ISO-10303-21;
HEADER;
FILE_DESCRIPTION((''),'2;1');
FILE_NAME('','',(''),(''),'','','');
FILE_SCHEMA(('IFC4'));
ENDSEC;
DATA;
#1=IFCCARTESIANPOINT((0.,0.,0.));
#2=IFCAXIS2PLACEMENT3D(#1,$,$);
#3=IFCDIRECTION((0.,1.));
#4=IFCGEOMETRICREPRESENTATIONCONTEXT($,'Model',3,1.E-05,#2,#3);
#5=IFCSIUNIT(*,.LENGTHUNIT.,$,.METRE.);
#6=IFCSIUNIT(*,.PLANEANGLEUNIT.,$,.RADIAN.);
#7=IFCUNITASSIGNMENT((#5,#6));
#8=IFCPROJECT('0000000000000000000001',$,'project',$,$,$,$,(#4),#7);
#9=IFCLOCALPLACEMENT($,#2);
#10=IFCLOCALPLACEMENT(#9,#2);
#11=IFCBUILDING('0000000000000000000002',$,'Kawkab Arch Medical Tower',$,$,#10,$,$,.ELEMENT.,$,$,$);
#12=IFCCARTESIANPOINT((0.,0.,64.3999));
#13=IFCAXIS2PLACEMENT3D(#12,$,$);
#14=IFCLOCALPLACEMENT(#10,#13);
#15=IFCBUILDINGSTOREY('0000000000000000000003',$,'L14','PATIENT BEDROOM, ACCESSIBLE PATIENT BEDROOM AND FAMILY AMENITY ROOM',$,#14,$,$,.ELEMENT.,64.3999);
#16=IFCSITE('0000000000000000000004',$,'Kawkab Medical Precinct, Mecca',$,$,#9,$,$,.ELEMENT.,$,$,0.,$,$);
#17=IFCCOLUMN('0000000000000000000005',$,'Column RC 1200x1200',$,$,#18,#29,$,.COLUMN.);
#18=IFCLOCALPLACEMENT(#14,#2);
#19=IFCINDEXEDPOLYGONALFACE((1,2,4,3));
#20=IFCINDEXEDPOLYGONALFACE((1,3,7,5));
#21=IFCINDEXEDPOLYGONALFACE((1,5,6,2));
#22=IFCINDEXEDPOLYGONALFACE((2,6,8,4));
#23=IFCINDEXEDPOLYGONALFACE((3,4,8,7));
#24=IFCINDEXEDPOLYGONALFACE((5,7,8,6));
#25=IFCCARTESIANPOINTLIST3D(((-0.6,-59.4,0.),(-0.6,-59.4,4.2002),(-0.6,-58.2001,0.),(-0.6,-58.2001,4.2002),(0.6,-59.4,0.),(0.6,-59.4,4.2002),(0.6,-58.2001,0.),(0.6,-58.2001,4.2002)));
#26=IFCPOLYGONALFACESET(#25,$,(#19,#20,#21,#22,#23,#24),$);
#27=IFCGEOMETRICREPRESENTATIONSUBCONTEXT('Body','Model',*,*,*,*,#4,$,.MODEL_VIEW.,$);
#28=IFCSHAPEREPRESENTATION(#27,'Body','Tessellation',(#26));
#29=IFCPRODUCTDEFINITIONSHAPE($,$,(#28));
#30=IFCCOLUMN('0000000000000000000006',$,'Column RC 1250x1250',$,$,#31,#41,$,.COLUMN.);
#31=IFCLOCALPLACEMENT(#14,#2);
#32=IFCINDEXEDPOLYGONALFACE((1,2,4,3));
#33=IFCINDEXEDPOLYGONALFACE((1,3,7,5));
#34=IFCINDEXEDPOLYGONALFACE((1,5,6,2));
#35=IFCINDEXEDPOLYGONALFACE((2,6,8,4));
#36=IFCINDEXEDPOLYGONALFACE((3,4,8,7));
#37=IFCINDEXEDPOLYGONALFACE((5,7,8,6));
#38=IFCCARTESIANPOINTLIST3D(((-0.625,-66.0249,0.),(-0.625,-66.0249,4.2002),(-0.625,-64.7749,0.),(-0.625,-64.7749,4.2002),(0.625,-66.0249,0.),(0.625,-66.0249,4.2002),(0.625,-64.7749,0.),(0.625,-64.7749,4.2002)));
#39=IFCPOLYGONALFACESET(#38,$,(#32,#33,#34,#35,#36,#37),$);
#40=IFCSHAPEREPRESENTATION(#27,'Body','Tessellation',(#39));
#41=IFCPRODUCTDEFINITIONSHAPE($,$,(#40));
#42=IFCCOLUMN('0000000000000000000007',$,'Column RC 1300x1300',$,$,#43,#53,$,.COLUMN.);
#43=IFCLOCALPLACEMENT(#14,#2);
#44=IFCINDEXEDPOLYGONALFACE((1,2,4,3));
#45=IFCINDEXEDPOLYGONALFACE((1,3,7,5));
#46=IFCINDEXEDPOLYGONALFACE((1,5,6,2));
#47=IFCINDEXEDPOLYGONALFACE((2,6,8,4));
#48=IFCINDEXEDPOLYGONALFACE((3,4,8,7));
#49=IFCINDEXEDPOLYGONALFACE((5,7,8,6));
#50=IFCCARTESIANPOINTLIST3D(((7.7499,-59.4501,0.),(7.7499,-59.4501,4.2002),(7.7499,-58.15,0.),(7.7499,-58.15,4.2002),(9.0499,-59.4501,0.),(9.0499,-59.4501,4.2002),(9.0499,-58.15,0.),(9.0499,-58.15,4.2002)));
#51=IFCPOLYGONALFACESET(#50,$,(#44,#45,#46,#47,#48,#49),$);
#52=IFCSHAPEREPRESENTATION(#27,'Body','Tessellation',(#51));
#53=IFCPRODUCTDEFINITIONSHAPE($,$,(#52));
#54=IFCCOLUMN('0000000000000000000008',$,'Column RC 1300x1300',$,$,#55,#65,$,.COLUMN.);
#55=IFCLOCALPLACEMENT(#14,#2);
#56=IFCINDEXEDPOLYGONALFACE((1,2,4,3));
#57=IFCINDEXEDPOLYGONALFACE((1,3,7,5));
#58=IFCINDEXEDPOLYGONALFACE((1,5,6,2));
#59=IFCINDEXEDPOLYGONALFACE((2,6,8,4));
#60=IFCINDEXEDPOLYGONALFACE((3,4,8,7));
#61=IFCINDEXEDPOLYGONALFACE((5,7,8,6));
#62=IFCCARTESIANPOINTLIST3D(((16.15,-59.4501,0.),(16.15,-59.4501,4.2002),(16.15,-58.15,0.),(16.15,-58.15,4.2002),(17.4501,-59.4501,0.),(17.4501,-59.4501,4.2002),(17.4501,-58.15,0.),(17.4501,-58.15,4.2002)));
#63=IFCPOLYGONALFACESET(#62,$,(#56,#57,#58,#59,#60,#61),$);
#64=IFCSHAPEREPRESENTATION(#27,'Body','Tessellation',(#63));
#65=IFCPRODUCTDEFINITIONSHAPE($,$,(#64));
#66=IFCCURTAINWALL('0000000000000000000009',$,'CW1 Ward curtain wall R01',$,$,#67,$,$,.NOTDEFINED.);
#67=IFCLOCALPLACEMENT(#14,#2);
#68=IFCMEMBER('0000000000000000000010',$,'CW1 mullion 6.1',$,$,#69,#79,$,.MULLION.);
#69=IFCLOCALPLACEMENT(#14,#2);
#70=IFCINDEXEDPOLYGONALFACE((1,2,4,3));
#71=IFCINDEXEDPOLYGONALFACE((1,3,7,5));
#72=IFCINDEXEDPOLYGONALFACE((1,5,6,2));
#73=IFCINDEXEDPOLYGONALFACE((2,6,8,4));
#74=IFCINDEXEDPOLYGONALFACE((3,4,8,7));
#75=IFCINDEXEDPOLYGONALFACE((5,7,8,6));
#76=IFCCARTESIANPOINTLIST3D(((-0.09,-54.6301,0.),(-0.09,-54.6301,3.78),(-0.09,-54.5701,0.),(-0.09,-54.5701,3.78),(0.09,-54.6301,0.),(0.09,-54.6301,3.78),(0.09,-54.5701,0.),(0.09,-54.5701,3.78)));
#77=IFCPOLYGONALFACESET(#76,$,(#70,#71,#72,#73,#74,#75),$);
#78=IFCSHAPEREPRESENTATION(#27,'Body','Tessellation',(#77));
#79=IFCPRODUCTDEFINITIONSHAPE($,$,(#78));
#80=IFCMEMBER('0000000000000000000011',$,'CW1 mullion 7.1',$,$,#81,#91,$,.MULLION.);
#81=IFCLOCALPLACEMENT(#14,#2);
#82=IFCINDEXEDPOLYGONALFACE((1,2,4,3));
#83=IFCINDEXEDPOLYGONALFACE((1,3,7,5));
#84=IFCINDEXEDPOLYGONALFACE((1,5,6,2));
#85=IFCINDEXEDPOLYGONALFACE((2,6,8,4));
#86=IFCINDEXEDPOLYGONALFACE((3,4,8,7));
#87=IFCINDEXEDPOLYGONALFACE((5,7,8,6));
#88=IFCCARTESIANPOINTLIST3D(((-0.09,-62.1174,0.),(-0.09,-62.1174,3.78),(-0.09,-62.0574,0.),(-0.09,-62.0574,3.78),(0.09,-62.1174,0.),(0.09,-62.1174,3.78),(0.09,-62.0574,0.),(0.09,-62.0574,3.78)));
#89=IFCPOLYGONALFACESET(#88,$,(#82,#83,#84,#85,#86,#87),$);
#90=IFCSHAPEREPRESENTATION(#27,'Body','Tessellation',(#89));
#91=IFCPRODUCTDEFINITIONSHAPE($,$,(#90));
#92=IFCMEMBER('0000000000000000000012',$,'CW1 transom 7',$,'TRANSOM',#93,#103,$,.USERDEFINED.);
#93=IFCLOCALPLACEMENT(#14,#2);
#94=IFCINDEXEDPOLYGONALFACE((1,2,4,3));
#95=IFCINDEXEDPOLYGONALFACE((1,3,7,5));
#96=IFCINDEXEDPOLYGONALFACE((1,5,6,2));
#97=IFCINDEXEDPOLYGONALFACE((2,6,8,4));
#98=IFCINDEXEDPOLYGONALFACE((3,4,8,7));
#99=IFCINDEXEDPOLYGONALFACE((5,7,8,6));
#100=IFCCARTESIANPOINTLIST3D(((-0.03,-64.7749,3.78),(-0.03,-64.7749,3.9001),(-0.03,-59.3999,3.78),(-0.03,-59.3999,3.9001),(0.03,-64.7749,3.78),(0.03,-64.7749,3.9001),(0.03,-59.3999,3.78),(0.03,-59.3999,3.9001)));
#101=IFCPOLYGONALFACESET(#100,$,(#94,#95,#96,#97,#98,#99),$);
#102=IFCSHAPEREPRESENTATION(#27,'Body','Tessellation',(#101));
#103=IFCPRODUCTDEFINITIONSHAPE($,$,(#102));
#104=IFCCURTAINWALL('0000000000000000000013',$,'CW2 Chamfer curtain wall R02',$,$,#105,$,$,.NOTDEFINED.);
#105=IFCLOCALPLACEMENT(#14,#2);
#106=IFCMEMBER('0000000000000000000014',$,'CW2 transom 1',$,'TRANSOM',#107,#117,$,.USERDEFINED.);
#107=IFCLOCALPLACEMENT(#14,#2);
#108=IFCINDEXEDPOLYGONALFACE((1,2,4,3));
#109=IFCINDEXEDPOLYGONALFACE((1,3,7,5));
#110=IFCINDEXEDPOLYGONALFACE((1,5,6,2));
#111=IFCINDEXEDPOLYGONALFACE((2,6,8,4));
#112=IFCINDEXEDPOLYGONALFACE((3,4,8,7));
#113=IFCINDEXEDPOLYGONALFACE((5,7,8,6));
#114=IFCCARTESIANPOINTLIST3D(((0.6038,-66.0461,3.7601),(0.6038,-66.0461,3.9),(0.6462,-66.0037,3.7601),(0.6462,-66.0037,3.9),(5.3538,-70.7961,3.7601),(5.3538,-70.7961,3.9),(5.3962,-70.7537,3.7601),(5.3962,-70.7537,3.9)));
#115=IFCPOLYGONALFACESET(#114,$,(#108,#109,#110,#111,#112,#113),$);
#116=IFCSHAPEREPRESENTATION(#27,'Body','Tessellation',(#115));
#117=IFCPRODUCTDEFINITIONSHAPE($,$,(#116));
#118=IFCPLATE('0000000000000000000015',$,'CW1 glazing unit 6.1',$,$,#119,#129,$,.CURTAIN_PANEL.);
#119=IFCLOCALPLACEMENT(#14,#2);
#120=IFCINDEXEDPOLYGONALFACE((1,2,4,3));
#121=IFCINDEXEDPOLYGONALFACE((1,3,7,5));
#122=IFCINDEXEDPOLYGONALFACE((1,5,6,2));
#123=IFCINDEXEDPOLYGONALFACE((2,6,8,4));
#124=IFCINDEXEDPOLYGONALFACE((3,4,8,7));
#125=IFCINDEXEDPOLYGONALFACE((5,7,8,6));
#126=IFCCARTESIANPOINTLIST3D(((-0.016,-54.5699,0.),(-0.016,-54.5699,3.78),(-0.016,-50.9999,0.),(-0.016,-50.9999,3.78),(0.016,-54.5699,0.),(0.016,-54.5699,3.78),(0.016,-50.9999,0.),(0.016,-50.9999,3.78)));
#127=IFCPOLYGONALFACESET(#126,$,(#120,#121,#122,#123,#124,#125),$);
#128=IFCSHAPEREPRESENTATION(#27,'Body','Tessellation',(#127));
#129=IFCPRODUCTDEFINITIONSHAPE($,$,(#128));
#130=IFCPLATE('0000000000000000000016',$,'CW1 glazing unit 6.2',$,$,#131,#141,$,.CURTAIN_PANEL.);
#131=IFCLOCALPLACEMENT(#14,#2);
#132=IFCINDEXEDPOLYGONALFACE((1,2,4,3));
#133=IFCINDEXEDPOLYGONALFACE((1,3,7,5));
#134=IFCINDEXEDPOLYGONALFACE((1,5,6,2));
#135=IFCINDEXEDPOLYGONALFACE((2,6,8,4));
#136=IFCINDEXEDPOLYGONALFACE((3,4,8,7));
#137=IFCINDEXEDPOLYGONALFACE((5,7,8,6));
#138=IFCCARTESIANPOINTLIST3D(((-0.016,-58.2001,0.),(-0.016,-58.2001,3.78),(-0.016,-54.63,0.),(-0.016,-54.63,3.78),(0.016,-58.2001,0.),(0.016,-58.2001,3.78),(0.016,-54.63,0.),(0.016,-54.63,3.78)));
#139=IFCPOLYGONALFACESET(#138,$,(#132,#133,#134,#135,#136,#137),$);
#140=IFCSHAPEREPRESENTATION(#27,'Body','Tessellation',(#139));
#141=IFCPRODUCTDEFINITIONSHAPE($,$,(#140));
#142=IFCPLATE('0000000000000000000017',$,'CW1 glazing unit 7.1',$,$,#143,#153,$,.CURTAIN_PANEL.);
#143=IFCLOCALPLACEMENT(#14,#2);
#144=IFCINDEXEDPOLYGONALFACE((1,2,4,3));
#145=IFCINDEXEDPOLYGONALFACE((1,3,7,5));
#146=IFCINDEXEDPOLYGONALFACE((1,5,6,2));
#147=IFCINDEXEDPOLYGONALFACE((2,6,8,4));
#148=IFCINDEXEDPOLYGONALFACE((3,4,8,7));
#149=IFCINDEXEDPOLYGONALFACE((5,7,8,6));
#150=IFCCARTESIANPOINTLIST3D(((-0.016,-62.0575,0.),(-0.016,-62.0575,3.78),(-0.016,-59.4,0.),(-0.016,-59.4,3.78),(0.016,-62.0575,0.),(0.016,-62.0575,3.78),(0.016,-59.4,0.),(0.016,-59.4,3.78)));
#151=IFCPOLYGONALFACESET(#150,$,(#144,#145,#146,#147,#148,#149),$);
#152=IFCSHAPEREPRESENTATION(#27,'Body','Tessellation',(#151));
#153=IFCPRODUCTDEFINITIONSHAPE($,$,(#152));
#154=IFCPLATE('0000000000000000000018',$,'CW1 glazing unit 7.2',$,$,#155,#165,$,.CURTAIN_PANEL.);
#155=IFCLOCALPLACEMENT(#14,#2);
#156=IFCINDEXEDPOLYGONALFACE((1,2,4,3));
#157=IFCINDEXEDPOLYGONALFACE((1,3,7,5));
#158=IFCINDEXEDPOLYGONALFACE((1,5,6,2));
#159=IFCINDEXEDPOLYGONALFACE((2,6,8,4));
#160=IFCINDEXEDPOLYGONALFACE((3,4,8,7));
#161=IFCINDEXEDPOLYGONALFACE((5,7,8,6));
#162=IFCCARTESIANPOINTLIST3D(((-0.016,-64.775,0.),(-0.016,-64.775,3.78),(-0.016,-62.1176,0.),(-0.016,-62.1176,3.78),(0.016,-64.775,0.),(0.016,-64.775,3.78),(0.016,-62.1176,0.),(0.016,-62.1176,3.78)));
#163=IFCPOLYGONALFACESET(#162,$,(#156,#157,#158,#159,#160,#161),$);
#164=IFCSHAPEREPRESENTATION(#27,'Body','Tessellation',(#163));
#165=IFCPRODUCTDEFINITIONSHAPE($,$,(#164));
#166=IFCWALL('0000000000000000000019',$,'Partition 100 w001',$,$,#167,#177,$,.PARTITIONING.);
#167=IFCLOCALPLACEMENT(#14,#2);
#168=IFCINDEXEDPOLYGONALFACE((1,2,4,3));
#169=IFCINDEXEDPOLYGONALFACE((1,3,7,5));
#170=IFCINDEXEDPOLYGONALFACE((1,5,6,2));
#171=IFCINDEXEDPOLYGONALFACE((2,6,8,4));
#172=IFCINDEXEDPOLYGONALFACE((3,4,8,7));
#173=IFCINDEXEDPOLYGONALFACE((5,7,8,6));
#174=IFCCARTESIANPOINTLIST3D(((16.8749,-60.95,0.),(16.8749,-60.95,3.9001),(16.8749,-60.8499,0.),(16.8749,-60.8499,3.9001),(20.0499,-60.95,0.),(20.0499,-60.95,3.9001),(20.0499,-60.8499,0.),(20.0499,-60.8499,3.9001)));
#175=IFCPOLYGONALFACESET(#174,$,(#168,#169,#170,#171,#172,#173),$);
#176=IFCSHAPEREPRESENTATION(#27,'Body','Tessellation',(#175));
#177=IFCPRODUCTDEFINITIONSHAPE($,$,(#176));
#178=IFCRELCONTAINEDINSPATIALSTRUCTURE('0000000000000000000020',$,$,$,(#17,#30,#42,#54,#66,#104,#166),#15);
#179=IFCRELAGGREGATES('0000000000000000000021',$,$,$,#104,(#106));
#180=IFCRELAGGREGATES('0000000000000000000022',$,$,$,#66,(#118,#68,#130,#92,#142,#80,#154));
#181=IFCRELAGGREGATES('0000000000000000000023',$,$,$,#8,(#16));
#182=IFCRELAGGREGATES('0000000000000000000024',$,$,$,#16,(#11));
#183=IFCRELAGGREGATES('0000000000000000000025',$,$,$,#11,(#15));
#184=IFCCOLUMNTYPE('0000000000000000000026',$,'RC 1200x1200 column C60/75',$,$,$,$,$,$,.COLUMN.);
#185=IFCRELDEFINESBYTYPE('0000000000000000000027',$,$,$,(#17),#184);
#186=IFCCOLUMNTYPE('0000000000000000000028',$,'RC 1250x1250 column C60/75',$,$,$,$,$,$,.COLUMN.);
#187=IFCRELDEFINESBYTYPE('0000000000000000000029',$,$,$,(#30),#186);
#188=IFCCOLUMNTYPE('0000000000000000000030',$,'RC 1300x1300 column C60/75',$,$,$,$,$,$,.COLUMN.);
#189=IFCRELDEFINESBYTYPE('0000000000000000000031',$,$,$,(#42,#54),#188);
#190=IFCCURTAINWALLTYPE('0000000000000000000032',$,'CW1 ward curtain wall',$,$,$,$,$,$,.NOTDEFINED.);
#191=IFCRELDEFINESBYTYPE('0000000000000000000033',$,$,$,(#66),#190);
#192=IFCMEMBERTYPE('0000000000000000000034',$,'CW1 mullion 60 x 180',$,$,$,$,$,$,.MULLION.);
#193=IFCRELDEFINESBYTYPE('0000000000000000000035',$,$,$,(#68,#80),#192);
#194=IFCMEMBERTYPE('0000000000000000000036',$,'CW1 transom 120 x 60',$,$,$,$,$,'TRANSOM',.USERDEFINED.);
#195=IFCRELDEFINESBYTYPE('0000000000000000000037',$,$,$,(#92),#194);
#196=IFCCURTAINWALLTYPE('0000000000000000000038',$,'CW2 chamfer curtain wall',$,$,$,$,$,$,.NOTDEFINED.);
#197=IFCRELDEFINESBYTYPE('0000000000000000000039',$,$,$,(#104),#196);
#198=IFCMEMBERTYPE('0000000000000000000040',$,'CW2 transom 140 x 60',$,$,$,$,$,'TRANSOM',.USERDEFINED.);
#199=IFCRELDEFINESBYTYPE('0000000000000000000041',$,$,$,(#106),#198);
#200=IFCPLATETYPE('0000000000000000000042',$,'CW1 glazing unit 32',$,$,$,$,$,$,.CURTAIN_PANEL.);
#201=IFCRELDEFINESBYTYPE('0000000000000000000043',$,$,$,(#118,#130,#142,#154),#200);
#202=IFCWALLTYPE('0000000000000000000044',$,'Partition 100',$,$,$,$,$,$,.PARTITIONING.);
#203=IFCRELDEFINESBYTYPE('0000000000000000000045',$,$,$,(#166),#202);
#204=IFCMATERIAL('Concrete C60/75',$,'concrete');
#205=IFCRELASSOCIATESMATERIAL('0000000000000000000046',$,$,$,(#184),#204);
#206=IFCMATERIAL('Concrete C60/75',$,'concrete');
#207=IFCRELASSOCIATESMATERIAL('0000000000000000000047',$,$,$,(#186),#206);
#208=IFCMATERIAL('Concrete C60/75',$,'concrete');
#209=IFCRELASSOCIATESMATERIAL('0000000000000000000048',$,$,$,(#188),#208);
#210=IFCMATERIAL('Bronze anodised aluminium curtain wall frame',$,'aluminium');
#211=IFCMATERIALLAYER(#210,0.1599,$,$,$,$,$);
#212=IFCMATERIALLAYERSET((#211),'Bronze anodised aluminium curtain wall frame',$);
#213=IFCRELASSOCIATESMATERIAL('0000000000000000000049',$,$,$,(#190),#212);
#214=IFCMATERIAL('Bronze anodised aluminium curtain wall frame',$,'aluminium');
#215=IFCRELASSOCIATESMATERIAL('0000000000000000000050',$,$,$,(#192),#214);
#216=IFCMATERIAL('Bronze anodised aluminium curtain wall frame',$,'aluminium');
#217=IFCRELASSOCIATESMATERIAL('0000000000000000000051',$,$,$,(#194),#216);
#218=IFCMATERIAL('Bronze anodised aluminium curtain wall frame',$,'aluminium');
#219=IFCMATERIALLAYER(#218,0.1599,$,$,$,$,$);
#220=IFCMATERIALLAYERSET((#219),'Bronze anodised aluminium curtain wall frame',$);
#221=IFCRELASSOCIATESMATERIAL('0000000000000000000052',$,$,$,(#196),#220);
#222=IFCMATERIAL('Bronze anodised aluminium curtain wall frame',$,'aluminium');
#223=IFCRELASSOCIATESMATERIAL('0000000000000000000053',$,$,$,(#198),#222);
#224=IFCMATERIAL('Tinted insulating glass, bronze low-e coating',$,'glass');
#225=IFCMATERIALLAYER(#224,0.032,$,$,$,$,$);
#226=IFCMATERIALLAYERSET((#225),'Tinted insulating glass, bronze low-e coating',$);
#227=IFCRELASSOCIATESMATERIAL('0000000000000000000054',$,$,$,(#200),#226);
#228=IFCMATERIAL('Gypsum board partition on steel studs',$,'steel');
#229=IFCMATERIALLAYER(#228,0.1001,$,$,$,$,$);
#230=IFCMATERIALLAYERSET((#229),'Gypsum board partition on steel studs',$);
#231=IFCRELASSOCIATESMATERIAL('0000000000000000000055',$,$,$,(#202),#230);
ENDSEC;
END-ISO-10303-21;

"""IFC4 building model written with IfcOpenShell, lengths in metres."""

from ifc_helpers import new_model, si_unit, direction, frame, frame_2d, origin, origin_2d, place, context, subcontext, project, spatial, rectangle, extrude, material, layer, layer_set, material_profile, profile_set, type_object, element, aggregate, save


model = new_model("IFC4")

# Units and contexts
model_context = context("Model", 3, precision=1e-05, world=origin(), true_north=direction((0.0, 1.0)))
body_context = subcontext(model_context, "Body", "Model", "MODEL_VIEW")
ifc_project = project(units=[si_unit("LENGTHUNIT", "METRE"), si_unit("PLANEANGLEUNIT", "RADIAN")], contexts=[model_context])

# Site, building, storey
site_placement = place(None, origin())
site = spatial("IfcSite", under=ifc_project, at=site_placement, Name="Kawkab Medical Precinct, Mecca", CompositionType="ELEMENT", RefElevation=0.0)
building_placement = place(site_placement, origin())
building = spatial("IfcBuilding", under=site, at=building_placement, Name="Kawkab Arch Medical Tower", CompositionType="ELEMENT")
storey_placement = place(building_placement, frame((0.0, 0.0, 64.3999)))
storey = spatial("IfcBuildingStorey", under=building, at=storey_placement, Name="L14", Description="PATIENT BEDROOM, ACCESSIBLE PATIENT BEDROOM AND FAMILY AMENITY ROOM", CompositionType="ELEMENT", Elevation=64.3999)

# Columns
ifc_material_1 = material(Name="Concrete C60/75", Category="concrete")
ifc_material_profile_1 = material_profile(ifc_material_1, rectangle(XDim=1.2, YDim=1.2, at=origin_2d()), Name="RC 1200x1200")
ifc_profile_set_1 = profile_set([ifc_material_profile_1], Name="Concrete C60/75")
column_type_1 = type_object("IfcColumnType", Name="RC 1200x1200 column C60/75", PredefinedType="COLUMN", material=ifc_profile_set_1)
column_1_placement = place(storey_placement, frame((0.0, -58.8, 0.0), z_axis=(0.0, 0.0, 1.0), x_axis=(1.0, 0.0, 0.0)))
element("IfcColumn", 1, at=column_1_placement, inside=storey, type_object=column_type_1, Name="Column RC 1200x1200", PredefinedType="COLUMN", context=body_context, shape_type="SweptSolid", body=[
    extrude(rectangle(XDim=1.2, YDim=1.2, at=origin_2d()), origin(), (0.0, 0.0, 1.0), 4.2002),
])
ifc_material_2 = material(Name="Concrete C60/75", Category="concrete")
ifc_material_profile_2 = material_profile(ifc_material_2, rectangle(XDim=1.25, YDim=1.25, at=origin_2d()), Name="RC 1250x1250")
ifc_profile_set_2 = profile_set([ifc_material_profile_2], Name="Concrete C60/75")
column_type_2 = type_object("IfcColumnType", Name="RC 1250x1250 column C60/75", PredefinedType="COLUMN", material=ifc_profile_set_2)
column_2_placement = place(storey_placement, frame((0.0, -65.3999, 0.0), z_axis=(0.0, 0.0, 1.0), x_axis=(1.0, 0.0, 0.0)))
element("IfcColumn", 2, at=column_2_placement, inside=storey, type_object=column_type_2, Name="Column RC 1250x1250", PredefinedType="COLUMN", context=body_context, shape_type="SweptSolid", body=[
    extrude(rectangle(XDim=1.25, YDim=1.25, at=origin_2d()), origin(), (0.0, 0.0, 1.0), 4.2002),
])
ifc_material_3 = material(Name="Concrete C60/75", Category="concrete")
ifc_material_profile_3 = material_profile(ifc_material_3, rectangle(XDim=1.3, YDim=1.3, at=origin_2d()), Name="RC 1300x1300")
ifc_profile_set_3 = profile_set([ifc_material_profile_3], Name="Concrete C60/75")
column_type_3 = type_object("IfcColumnType", Name="RC 1300x1300 column C60/75", PredefinedType="COLUMN", material=ifc_profile_set_3)
for number, where, z_axis, x_axis, name in (
    (3, (8.3999, -58.8, 0.0), (0.0, 0.0, 1.0), (1.0, 0.0, 0.0), "Column RC 1300x1300"),
    (4, (16.8, -58.8, 0.0), (0.0, 0.0, 1.0), (1.0, 0.0, 0.0), "Column RC 1300x1300"),
):
    element("IfcColumn", number, at=place(storey_placement, frame(where, z_axis=z_axis, x_axis=x_axis)), inside=storey, type_object=column_type_3, Name=name, PredefinedType="COLUMN", context=body_context, shape_type="SweptSolid", body=[
        extrude(rectangle(XDim=1.3, YDim=1.3, at=origin_2d()), origin(), (0.0, 0.0, 1.0), 4.2002),
    ])

# Curtain wall, members
ifc_material_4 = material(Name="Bronze anodised aluminium curtain wall frame", Category="aluminium")
ifc_layer_1 = layer(ifc_material_4, 0.1599)
ifc_layer_set_1 = layer_set([ifc_layer_1], Name="Bronze anodised aluminium curtain wall frame")
curtain_wall_type_1 = type_object("IfcCurtainWallType", Name="CW1 ward curtain wall", PredefinedType="NOTDEFINED", material=ifc_layer_set_1)
placement = place(storey_placement, origin())
curtain_wall_1 = element("IfcCurtainWall", 5, at=placement, inside=storey, type_object=curtain_wall_type_1, Name="CW1 Ward curtain wall R01", PredefinedType="NOTDEFINED")
ifc_material_5 = material(Name="Bronze anodised aluminium curtain wall frame", Category="aluminium")
ifc_material_profile_4 = material_profile(ifc_material_5, rectangle(XDim=0.1799, YDim=0.0601, at=origin_2d()), Name="AL 60x180")
ifc_profile_set_4 = profile_set([ifc_material_profile_4], Name="Bronze anodised aluminium curtain wall frame")
member_type_1 = type_object("IfcMemberType", Name="CW1 mullion 60 x 180", PredefinedType="MULLION", material=ifc_profile_set_4)
member_1_placement = place(storey_placement, frame((0.0, -54.6001, 0.0), z_axis=(0.0, 0.0, 1.0), x_axis=(1.0, 0.0, 0.0)))
member_1 = element("IfcMember", 6, at=member_1_placement, type_object=member_type_1, Name="CW1 mullion 6.1", PredefinedType="MULLION", context=body_context, shape_type="SweptSolid", body=[
    extrude(rectangle(XDim=0.1799, YDim=0.0601, at=origin_2d()), origin(), (0.0, 0.0, 1.0), 3.78),
])
member_2_placement = place(storey_placement, frame((0.0, -62.0874, 0.0), z_axis=(0.0, 0.0, 1.0), x_axis=(1.0, 0.0, 0.0)))
member_2 = element("IfcMember", 7, at=member_2_placement, type_object=member_type_1, Name="CW1 mullion 7.1", PredefinedType="MULLION", context=body_context, shape_type="SweptSolid", body=[
    extrude(rectangle(XDim=0.1799, YDim=0.0601, at=origin_2d()), origin(), (0.0, 0.0, 1.0), 3.78),
])
ifc_material_6 = material(Name="Bronze anodised aluminium curtain wall frame", Category="aluminium")
ifc_material_profile_5 = material_profile(ifc_material_6, rectangle(XDim=0.0601, YDim=0.1201, at=origin_2d()), Name="AL 60x120")
ifc_profile_set_5 = profile_set([ifc_material_profile_5], Name="Bronze anodised aluminium curtain wall frame")
member_type_2 = type_object("IfcMemberType", Name="CW1 transom 120 x 60", ElementType="TRANSOM", PredefinedType="USERDEFINED", material=ifc_profile_set_5)
member_3_placement = place(storey_placement, frame((0.0, -59.3999, 3.8401), z_axis=(0.0, -1.0, 0.0), x_axis=(1.0, 0.0, 0.0)))
member_3 = element("IfcMember", 8, at=member_3_placement, type_object=member_type_2, Name="CW1 transom 7", ObjectType="TRANSOM", PredefinedType="USERDEFINED", context=body_context, shape_type="SweptSolid", body=[
    extrude(rectangle(XDim=0.0601, YDim=0.1201, at=origin_2d()), origin(), (0.0, 0.0, 1.0), 5.375),
])

# Curtain wall, member
ifc_material_7 = material(Name="Bronze anodised aluminium curtain wall frame", Category="aluminium")
ifc_layer_2 = layer(ifc_material_7, 0.1599)
ifc_layer_set_2 = layer_set([ifc_layer_2], Name="Bronze anodised aluminium curtain wall frame")
curtain_wall_type_2 = type_object("IfcCurtainWallType", Name="CW2 chamfer curtain wall", PredefinedType="NOTDEFINED", material=ifc_layer_set_2)
curtain_wall_2 = element("IfcCurtainWall", 9, at=placement, inside=storey, type_object=curtain_wall_type_2, Name="CW2 Chamfer curtain wall R02", PredefinedType="NOTDEFINED")
ifc_material_8 = material(Name="Bronze anodised aluminium curtain wall frame", Category="aluminium")
ifc_material_profile_6 = material_profile(ifc_material_8, rectangle(XDim=0.0601, YDim=0.1399, at=origin_2d()), Name="AL 60x140")
ifc_profile_set_6 = profile_set([ifc_material_profile_6], Name="Bronze anodised aluminium curtain wall frame")
member_type_3 = type_object("IfcMemberType", Name="CW2 transom 140 x 60", ElementType="TRANSOM", PredefinedType="USERDEFINED", material=ifc_profile_set_6)
member_4_placement = place(storey_placement, frame((0.625, -66.0249, 3.8301), z_axis=(0.707107, -0.707107, 0.0), x_axis=(0.707107, 0.707107, 0.0)))
member_4 = element("IfcMember", 10, at=member_4_placement, type_object=member_type_3, Name="CW2 transom 1", ObjectType="TRANSOM", PredefinedType="USERDEFINED", context=body_context, shape_type="SweptSolid", body=[
    extrude(rectangle(XDim=0.0601, YDim=0.1399, at=origin_2d()), origin(), (0.0, 0.0, 1.0), 6.7175),
])
aggregate(curtain_wall_2, [member_4])

# Plates
ifc_material_9 = material(Name="Tinted insulating glass, bronze low-e coating", Category="glass")
ifc_layer_3 = layer(ifc_material_9, 0.032)
ifc_layer_set_3 = layer_set([ifc_layer_3], Name="Tinted insulating glass, bronze low-e coating")
plate_type = type_object("IfcPlateType", Name="CW1 glazing unit 32", PredefinedType="CURTAIN_PANEL", material=ifc_layer_set_3)
plate_1_placement = place(storey_placement, frame((0.0, -52.7849, 0.0), z_axis=(0.0, 0.0, 1.0), x_axis=(0.0, -1.0, 0.0)))
plate_1 = element("IfcPlate", 11, at=plate_1_placement, type_object=plate_type, Name="CW1 glazing unit 6.1", PredefinedType="CURTAIN_PANEL", context=body_context, shape_type="SweptSolid", body=[
    extrude(rectangle(XDim=3.5701, YDim=0.032, at=origin_2d()), origin(), (0.0, 0.0, 1.0), 3.78),
])
plate_2_placement = place(storey_placement, frame((0.0, -56.415, 0.0), z_axis=(0.0, 0.0, 1.0), x_axis=(0.0, -1.0, 0.0)))
plate_2 = element("IfcPlate", 12, at=plate_2_placement, type_object=plate_type, Name="CW1 glazing unit 6.2", PredefinedType="CURTAIN_PANEL", context=body_context, shape_type="SweptSolid", body=[
    extrude(rectangle(XDim=3.5701, YDim=0.032, at=origin_2d()), origin(), (0.0, 0.0, 1.0), 3.78),
])
plate_3_placement = place(storey_placement, frame((0.0, -60.7288, 0.0), z_axis=(0.0, 0.0, 1.0), x_axis=(0.0, -1.0, 0.0)))
plate_3 = element("IfcPlate", 13, at=plate_3_placement, type_object=plate_type, Name="CW1 glazing unit 7.1", PredefinedType="CURTAIN_PANEL", context=body_context, shape_type="SweptSolid", body=[
    extrude(rectangle(XDim=2.6575, YDim=0.032, at=origin_2d()), origin(), (0.0, 0.0, 1.0), 3.78),
])
plate_4_placement = place(storey_placement, frame((0.0, -63.4463, 0.0), z_axis=(0.0, 0.0, 1.0), x_axis=(0.0, -1.0, 0.0)))
plate_4 = element("IfcPlate", 14, at=plate_4_placement, type_object=plate_type, Name="CW1 glazing unit 7.2", PredefinedType="CURTAIN_PANEL", context=body_context, shape_type="SweptSolid", body=[
    extrude(rectangle(XDim=2.6575, YDim=0.032, at=origin_2d()), origin(), (0.0, 0.0, 1.0), 3.78),
])
aggregate(curtain_wall_1, [plate_1, member_1, plate_2, member_3, plate_3, member_2, plate_4])

# Wall
ifc_material_10 = material(Name="Gypsum board partition on steel studs", Category="steel")
ifc_layer_4 = layer(ifc_material_10, 0.1001)
ifc_layer_set_4 = layer_set([ifc_layer_4], Name="Gypsum board partition on steel studs")
wall_type_1 = type_object("IfcWallType", Name="Partition 100", PredefinedType="PARTITIONING", material=ifc_layer_set_4)
wall_1_placement = place(storey_placement, frame((16.875, -60.8999, 0.0), z_axis=(0.0, 0.0, 1.0), x_axis=(1.0, 0.0, 0.0)))
element("IfcWall", 15, at=wall_1_placement, inside=storey, type_object=wall_type_1, Name="Partition 100 w001", PredefinedType="PARTITIONING", context=body_context, shape_type="SweptSolid", body=[
    extrude(rectangle(XDim=3.175, YDim=0.1001, at=frame_2d((1.5874, 0.0))), origin(), (0.0, 0.0, 1.0), 3.9001),
])

save(model, "model.ifc")
